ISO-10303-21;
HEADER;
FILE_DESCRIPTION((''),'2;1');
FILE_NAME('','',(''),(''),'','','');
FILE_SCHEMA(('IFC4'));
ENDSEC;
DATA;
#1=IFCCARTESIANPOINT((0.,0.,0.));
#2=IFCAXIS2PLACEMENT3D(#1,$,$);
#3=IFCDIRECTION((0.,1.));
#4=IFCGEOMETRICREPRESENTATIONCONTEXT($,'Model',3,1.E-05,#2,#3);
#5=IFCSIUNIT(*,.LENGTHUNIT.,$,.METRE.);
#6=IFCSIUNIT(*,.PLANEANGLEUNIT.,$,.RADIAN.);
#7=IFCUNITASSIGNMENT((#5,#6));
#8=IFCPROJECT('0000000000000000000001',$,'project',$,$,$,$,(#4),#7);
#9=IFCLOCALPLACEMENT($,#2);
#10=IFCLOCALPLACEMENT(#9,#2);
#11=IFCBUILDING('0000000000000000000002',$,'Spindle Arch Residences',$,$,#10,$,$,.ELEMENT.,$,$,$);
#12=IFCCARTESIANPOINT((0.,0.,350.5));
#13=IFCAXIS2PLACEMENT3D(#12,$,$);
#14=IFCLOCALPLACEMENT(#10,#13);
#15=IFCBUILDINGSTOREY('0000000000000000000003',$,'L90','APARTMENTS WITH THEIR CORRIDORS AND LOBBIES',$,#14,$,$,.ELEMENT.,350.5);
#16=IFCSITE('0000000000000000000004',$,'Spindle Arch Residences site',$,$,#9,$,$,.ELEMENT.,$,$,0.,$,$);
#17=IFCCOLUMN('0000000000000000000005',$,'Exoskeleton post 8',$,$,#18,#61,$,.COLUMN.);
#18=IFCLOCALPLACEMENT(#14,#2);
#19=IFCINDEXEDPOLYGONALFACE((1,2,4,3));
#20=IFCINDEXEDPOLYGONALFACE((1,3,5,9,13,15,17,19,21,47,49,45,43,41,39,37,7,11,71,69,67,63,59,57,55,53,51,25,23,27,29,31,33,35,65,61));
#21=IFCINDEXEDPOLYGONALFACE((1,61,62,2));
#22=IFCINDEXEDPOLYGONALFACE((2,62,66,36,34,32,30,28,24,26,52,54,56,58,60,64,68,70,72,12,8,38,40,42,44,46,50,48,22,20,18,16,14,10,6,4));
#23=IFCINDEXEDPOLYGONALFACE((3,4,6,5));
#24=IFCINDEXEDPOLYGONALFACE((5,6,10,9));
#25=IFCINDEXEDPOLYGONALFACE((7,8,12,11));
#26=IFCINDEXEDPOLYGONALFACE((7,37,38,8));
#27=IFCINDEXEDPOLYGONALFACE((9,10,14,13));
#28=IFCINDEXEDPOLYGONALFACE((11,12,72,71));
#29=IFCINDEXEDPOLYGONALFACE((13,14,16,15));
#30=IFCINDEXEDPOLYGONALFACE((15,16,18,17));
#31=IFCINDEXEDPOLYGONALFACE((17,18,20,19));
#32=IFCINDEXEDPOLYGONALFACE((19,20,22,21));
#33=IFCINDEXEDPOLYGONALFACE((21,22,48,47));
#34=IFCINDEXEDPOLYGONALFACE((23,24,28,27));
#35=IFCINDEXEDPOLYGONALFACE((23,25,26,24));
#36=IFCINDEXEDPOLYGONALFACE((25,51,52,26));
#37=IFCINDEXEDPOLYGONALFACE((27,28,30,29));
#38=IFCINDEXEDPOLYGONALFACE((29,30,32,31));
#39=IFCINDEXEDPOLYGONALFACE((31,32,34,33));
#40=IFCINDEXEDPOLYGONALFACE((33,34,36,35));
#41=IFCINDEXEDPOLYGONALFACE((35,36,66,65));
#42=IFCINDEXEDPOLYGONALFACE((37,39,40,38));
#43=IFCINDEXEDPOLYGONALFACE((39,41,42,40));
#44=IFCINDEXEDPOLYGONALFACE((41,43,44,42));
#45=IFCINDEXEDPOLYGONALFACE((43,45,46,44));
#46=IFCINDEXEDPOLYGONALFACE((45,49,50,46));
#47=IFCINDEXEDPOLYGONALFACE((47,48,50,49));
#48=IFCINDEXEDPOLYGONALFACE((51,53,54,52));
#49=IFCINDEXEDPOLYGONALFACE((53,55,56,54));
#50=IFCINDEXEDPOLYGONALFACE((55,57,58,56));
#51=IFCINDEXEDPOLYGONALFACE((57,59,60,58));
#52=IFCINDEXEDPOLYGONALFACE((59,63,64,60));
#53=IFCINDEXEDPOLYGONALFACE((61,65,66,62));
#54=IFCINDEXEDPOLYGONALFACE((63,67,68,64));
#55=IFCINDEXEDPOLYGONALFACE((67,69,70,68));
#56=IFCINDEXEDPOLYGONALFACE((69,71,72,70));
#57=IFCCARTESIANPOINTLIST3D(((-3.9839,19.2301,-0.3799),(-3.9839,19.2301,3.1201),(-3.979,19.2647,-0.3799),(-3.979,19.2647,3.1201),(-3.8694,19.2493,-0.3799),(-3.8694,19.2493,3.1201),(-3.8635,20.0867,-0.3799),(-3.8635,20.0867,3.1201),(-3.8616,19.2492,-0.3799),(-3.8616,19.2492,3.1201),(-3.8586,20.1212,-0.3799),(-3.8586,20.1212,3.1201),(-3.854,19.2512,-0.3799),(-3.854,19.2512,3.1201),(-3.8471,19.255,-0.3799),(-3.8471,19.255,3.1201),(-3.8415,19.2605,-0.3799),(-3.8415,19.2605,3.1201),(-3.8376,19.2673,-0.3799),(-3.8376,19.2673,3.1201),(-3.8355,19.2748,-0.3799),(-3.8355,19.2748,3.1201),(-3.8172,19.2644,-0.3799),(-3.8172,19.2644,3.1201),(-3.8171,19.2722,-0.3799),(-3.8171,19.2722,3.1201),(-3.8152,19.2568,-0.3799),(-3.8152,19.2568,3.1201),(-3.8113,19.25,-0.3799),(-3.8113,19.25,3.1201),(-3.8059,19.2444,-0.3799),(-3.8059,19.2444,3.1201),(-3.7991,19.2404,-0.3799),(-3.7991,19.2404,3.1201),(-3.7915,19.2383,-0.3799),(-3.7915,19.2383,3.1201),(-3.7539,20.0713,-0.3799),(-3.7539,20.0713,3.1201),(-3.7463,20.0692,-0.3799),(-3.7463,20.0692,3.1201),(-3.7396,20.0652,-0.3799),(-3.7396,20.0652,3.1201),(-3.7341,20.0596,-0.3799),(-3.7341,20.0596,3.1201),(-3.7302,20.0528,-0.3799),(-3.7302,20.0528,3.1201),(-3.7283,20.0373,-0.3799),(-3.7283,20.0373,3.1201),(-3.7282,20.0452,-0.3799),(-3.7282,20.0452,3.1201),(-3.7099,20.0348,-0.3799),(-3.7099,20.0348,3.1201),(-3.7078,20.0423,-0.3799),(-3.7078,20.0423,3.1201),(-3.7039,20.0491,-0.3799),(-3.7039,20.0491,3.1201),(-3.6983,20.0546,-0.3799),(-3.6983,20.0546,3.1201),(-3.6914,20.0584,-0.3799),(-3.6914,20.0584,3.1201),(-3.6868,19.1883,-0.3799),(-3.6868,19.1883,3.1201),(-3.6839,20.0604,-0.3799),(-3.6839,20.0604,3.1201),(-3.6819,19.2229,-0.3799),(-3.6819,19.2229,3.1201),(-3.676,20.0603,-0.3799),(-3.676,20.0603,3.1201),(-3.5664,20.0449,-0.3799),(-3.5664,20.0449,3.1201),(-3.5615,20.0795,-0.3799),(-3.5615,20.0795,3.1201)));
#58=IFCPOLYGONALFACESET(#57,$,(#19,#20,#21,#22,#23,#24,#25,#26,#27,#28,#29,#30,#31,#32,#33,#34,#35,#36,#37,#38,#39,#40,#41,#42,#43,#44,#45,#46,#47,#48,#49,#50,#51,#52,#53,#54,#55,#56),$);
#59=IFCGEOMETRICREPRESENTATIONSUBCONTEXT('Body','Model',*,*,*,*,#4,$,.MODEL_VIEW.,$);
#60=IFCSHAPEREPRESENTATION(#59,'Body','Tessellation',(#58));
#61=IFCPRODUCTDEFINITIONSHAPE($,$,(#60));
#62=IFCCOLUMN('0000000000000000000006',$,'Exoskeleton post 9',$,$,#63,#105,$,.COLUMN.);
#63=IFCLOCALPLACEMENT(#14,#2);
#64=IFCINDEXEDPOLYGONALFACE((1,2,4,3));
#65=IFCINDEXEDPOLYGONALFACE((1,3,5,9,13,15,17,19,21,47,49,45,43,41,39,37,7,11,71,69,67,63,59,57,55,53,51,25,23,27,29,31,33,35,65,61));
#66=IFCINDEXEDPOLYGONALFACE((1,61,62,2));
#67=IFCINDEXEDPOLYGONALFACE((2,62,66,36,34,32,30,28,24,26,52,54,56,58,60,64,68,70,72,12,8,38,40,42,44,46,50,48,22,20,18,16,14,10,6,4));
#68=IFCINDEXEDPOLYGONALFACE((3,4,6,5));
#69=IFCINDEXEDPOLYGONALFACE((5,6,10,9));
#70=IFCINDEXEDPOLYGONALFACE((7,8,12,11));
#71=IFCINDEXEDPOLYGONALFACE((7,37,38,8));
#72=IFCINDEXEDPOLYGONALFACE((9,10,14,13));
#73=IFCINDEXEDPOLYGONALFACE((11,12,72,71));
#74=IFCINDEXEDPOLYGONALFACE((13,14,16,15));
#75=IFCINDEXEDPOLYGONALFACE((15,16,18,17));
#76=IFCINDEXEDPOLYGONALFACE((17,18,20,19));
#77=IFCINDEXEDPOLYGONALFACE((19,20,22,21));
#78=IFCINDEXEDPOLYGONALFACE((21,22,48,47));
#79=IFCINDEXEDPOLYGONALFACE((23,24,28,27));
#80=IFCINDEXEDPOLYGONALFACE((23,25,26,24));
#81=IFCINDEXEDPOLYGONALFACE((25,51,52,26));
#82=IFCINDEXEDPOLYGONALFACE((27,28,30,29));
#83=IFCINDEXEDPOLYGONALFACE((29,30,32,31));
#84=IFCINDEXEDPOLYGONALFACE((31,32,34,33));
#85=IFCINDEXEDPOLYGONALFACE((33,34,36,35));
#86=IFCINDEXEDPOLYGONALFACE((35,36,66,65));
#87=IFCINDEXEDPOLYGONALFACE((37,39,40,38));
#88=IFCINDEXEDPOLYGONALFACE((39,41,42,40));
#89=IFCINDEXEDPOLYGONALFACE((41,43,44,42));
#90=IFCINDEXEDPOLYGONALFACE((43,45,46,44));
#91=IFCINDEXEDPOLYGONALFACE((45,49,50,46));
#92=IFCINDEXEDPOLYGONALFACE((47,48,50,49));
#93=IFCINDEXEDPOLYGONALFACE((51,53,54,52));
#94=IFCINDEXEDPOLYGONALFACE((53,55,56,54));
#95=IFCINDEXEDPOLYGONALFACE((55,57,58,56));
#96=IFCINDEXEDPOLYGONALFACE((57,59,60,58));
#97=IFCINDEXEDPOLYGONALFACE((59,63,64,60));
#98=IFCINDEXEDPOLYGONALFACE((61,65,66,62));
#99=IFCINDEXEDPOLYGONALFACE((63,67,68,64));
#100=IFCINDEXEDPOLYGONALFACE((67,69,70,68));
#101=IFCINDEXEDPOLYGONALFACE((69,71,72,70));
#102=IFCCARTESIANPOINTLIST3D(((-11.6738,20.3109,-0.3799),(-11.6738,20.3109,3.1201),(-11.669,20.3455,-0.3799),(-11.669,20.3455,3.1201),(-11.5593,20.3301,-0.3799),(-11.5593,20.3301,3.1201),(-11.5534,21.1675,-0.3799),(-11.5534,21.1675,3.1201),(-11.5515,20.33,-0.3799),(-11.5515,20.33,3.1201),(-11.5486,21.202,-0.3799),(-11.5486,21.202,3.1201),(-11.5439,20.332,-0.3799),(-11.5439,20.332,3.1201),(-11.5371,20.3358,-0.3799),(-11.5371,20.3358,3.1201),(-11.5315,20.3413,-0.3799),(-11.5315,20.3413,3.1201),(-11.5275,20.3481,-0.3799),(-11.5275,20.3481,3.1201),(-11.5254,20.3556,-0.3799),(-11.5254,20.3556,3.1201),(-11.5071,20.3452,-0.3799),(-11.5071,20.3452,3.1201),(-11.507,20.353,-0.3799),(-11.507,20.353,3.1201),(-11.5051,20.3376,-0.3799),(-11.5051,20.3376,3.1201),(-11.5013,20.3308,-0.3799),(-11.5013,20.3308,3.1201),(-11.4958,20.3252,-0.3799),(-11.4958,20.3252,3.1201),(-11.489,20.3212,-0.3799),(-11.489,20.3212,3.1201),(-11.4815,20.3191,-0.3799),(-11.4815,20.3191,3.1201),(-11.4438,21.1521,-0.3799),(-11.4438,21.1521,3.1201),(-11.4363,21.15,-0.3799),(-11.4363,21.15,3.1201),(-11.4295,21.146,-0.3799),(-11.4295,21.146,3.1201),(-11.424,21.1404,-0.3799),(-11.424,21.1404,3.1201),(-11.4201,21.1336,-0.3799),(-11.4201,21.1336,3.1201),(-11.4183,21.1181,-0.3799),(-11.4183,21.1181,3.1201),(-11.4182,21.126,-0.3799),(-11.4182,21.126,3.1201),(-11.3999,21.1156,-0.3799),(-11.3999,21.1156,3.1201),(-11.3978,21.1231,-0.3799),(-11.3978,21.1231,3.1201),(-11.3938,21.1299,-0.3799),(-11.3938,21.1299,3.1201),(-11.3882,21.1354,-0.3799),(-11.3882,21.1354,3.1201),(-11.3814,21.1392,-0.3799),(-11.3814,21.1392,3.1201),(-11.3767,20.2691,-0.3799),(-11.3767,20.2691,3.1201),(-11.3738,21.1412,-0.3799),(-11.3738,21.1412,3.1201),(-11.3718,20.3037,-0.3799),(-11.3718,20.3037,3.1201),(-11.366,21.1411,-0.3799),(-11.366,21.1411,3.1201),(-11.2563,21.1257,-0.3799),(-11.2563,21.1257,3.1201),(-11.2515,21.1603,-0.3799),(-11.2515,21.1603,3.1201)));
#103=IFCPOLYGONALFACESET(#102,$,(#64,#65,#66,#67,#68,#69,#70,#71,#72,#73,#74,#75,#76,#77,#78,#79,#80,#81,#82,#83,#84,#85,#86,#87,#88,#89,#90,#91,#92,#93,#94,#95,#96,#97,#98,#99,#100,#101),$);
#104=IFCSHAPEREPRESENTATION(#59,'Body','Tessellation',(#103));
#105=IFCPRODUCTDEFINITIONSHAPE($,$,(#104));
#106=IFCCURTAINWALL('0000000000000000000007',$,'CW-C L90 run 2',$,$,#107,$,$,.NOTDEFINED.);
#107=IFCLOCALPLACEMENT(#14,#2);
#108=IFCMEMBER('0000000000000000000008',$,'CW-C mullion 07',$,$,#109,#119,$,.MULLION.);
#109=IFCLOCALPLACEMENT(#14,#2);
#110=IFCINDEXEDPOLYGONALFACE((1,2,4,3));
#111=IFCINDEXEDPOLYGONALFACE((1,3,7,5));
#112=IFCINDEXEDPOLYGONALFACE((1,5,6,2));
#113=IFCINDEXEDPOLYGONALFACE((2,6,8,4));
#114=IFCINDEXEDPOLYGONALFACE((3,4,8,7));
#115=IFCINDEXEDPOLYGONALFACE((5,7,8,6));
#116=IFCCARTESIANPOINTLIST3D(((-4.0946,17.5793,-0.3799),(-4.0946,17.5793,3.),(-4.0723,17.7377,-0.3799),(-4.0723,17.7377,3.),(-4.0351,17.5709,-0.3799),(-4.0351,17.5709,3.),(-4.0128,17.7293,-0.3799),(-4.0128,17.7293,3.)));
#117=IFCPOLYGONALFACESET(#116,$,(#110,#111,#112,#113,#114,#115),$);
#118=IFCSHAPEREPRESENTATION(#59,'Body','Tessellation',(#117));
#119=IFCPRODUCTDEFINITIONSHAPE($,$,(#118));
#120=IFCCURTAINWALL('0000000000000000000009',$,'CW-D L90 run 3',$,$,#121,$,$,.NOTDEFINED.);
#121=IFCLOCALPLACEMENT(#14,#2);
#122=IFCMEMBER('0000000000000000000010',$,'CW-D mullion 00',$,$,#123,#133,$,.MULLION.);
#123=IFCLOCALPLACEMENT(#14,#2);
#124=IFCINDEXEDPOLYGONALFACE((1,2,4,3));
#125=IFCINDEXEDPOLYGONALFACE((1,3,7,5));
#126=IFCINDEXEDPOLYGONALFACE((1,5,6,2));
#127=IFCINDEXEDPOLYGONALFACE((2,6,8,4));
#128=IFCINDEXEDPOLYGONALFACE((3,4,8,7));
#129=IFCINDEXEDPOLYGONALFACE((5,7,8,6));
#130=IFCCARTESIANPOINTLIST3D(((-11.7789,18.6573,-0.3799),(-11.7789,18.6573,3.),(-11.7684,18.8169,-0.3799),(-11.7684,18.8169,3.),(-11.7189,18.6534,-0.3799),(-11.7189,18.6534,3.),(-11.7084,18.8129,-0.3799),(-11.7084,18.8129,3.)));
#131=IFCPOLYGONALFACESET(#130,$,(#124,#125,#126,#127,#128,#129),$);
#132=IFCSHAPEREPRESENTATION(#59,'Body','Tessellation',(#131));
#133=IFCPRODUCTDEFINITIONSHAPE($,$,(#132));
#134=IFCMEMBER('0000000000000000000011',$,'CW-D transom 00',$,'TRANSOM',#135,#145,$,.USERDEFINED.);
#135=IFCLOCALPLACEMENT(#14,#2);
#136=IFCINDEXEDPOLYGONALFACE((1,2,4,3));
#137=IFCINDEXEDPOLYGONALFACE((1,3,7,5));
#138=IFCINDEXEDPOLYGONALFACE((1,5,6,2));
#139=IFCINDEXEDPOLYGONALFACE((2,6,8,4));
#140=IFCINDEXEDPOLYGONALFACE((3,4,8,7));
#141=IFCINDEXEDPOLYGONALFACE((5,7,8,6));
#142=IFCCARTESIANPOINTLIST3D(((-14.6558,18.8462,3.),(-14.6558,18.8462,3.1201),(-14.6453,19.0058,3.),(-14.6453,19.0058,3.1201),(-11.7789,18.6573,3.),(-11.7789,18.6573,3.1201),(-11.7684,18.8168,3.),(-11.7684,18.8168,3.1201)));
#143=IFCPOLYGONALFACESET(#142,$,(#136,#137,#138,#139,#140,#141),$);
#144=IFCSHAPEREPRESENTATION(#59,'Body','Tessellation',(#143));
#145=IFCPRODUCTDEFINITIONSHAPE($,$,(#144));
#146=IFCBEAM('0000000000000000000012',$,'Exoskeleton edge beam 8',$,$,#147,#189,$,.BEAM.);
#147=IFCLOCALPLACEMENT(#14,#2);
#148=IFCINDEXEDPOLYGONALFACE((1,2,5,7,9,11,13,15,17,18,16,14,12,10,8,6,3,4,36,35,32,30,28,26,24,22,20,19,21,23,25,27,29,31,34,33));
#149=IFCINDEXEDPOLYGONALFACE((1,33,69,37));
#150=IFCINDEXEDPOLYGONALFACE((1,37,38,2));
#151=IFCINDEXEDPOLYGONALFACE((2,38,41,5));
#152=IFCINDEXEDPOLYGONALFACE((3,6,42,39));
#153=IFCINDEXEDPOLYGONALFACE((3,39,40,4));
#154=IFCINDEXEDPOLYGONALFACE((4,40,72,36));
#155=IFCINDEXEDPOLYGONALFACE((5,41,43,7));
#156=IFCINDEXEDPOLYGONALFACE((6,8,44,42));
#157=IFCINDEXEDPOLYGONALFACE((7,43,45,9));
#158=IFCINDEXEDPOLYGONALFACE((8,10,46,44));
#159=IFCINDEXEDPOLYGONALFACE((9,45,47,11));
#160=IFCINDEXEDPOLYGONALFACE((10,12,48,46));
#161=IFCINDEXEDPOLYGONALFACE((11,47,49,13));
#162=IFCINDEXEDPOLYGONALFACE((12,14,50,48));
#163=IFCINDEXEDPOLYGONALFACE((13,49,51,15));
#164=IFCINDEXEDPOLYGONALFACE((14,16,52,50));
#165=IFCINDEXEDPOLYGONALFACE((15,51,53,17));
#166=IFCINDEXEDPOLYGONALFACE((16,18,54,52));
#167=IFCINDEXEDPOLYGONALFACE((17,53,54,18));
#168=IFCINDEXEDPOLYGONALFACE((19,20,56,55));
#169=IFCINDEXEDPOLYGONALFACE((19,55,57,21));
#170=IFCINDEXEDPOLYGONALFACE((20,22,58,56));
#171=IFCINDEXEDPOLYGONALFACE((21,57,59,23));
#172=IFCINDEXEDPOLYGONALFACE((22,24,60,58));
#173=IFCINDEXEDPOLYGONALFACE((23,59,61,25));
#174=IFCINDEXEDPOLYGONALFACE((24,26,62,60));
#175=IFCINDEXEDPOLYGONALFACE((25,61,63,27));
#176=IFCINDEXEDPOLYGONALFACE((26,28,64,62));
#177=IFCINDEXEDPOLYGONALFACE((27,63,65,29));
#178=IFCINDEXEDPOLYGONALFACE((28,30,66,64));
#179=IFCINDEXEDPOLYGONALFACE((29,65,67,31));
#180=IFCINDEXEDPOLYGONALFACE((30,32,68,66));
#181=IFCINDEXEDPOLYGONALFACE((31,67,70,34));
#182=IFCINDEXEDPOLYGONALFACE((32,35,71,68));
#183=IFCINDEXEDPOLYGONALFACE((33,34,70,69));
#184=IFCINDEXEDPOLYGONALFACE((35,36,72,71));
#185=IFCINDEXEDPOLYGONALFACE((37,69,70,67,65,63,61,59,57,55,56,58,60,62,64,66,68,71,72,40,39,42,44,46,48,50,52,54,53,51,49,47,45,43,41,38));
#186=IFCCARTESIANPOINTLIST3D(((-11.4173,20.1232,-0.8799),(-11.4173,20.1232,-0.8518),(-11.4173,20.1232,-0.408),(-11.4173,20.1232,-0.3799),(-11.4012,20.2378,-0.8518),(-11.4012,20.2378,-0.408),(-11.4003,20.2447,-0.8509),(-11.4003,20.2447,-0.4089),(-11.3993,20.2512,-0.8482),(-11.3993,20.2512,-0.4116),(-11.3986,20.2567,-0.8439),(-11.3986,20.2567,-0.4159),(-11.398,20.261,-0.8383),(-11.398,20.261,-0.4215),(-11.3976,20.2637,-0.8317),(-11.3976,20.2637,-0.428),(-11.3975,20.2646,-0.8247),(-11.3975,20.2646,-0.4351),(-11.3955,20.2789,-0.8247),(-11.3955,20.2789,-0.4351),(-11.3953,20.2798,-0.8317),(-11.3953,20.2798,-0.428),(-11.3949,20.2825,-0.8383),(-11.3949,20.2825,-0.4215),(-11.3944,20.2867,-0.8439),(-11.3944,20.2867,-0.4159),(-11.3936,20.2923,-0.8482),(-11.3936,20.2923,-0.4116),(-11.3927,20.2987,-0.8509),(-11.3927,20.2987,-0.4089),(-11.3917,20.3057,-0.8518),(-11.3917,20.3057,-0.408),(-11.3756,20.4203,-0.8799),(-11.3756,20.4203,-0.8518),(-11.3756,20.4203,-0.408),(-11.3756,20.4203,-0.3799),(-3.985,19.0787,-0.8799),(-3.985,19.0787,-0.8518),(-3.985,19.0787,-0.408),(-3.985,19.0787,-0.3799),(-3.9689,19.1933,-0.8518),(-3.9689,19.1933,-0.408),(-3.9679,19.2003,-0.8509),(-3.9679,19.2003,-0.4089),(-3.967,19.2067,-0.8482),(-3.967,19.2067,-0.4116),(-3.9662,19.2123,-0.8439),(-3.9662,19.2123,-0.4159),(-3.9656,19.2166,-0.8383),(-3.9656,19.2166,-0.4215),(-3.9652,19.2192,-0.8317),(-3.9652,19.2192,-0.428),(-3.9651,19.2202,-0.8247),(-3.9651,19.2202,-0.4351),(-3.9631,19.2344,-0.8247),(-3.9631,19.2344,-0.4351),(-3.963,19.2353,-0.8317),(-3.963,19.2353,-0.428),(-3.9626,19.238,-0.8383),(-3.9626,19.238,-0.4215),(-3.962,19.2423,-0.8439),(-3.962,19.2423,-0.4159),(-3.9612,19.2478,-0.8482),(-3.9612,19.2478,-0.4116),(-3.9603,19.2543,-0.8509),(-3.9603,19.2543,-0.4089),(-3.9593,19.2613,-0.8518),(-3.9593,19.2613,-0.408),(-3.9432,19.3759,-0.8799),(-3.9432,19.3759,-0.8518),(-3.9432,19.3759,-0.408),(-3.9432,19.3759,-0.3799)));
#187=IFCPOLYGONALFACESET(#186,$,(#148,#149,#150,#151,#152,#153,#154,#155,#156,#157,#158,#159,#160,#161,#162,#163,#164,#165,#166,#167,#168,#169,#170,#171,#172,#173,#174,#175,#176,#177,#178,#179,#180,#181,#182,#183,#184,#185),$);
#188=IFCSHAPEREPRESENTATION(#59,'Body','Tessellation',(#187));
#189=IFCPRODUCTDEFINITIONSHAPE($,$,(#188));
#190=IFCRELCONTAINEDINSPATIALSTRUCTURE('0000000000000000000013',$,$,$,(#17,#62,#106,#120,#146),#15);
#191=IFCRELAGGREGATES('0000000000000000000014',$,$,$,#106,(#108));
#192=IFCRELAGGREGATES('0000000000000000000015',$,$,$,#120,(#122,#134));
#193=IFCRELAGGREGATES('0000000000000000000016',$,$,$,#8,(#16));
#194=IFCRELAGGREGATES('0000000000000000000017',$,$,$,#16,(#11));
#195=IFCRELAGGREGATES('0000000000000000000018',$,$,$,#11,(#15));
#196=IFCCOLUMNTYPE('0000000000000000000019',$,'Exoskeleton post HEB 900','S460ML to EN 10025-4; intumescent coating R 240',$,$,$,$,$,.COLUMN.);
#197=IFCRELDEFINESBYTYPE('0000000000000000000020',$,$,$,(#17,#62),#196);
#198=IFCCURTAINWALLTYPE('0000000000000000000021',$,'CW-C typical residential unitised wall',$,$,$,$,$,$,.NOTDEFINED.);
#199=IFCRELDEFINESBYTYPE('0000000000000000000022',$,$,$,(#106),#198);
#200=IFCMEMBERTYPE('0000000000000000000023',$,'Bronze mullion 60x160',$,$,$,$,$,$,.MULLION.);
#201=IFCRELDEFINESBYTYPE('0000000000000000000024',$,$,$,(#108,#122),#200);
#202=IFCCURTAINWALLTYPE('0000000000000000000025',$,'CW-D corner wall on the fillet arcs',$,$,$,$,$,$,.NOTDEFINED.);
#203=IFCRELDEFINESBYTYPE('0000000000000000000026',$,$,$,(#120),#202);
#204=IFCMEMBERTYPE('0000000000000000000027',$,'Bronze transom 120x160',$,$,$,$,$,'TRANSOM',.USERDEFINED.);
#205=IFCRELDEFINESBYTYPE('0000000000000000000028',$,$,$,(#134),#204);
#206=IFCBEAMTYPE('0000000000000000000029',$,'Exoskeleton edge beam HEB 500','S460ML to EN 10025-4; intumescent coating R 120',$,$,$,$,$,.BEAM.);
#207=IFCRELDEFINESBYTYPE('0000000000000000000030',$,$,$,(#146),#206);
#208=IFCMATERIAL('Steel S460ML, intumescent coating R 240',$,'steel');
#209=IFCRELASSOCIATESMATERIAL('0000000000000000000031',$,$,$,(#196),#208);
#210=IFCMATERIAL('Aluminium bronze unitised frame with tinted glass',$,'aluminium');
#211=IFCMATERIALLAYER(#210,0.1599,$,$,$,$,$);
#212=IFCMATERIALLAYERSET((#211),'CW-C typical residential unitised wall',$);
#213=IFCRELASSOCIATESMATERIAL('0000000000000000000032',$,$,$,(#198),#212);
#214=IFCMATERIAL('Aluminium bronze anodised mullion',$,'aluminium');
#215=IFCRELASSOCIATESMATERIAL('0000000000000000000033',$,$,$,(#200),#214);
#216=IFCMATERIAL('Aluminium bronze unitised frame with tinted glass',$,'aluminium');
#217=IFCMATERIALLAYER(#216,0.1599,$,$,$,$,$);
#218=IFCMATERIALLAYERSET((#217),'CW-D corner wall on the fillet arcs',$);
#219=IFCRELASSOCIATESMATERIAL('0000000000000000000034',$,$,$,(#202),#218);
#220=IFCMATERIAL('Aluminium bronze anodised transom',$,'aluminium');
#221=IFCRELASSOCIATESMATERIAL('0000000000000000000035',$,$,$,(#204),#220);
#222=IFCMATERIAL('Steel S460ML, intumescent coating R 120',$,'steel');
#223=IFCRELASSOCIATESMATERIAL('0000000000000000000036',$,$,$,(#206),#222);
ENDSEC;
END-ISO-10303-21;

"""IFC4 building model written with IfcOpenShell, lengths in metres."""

from ifc_helpers import new_model, si_unit, direction, frame, origin, origin_2d, place, context, subcontext, project, spatial, rectangle, i_section, extrude, material, layer, layer_set, material_profile, profile_set, type_object, element, aggregate, save


model = new_model("IFC4")

# Units and contexts
model_context = context("Model", 3, precision=1e-05, world=origin(), true_north=direction((0.0, 1.0)))
body_context = subcontext(model_context, "Body", "Model", "MODEL_VIEW")
ifc_project = project(units=[si_unit("LENGTHUNIT", "METRE"), si_unit("PLANEANGLEUNIT", "RADIAN")], contexts=[model_context])

# Site, building, storey
site_placement = place(None, origin())
site = spatial("IfcSite", under=ifc_project, at=site_placement, Name="Spindle Arch Residences site", CompositionType="ELEMENT", RefElevation=0.0)
building_placement = place(site_placement, origin())
building = spatial("IfcBuilding", under=site, at=building_placement, Name="Spindle Arch Residences", CompositionType="ELEMENT")
storey_placement = place(building_placement, frame((0.0, 0.0, 350.5)))
storey = spatial("IfcBuildingStorey", under=building, at=storey_placement, Name="L90", Description="APARTMENTS WITH THEIR CORRIDORS AND LOBBIES", CompositionType="ELEMENT", Elevation=350.5)

# Columns
ifc_material_1 = material(Name="Steel S460ML, intumescent coating R 240", Category="steel")
ifc_material_profile_1 = material_profile(ifc_material_1, i_section(OverallWidth=0.3, OverallDepth=0.8999, WebThickness=0.0186, FlangeThickness=0.0349, FilletRadius=0.03, at=origin_2d()), Name="HEB 900")
ifc_profile_set_1 = profile_set([ifc_material_profile_1], Name="Steel S460ML, intumescent coating R 240")
column_type = type_object("IfcColumnType", Name="Exoskeleton post HEB 900", Description="S460ML to EN 10025-4; intumescent coating R 240", PredefinedType="COLUMN", material=ifc_profile_set_1)
for number, where, z_axis, x_axis, name in (
    (1, (-3.7727, 19.6548, -0.3799), (0.0, 0.0, 1.0), (0.990268, -0.139173, 0.0), "Exoskeleton post 8"),
    (2, (-11.4626, 20.7356, -0.3799), (0.0, 0.0, 1.0), (0.990268, -0.139173, 0.0), "Exoskeleton post 9"),
):
    element("IfcColumn", number, at=place(storey_placement, frame(where, z_axis=z_axis, x_axis=x_axis)), inside=storey, type_object=column_type, Name=name, PredefinedType="COLUMN", context=body_context, shape_type="SweptSolid", body=[
        extrude(i_section(OverallWidth=0.3, OverallDepth=0.8999, WebThickness=0.0186, FlangeThickness=0.0349, FilletRadius=0.03, at=origin_2d()), origin(), (0.0, 0.0, 1.0), 3.5),
    ])

# Curtain wall, member
ifc_material_2 = material(Name="Aluminium bronze unitised frame with tinted glass", Category="aluminium")
ifc_layer_1 = layer(ifc_material_2, 0.1599)
ifc_layer_set_1 = layer_set([ifc_layer_1], Name="CW-C typical residential unitised wall")
curtain_wall_type_1 = type_object("IfcCurtainWallType", Name="CW-C typical residential unitised wall", PredefinedType="NOTDEFINED", material=ifc_layer_set_1)
curtain_wall_1_placement = place(storey_placement, origin())
curtain_wall_1 = element("IfcCurtainWall", 3, at=curtain_wall_1_placement, inside=storey, type_object=curtain_wall_type_1, Name="CW-C L90 run 2", PredefinedType="NOTDEFINED")
ifc_material_3 = material(Name="Aluminium bronze anodised mullion", Category="aluminium")
ifc_material_profile_2 = material_profile(ifc_material_3, rectangle(XDim=0.1599, YDim=0.0601, at=origin_2d()), Name="MU 60x160")
ifc_profile_set_2 = profile_set([ifc_material_profile_2], Name="Aluminium bronze anodised mullion")
member_type_1 = type_object("IfcMemberType", Name="Bronze mullion 60x160", PredefinedType="MULLION", material=ifc_profile_set_2)
member_1_placement = place(storey_placement, frame((-4.0537, 17.6543, -0.3799), z_axis=(0.0, 0.0, 1.0), x_axis=(-0.139173, -0.990268, 0.0)))
member_1 = element("IfcMember", 4, at=member_1_placement, type_object=member_type_1, Name="CW-C mullion 07", PredefinedType="MULLION", context=body_context, shape_type="SweptSolid", body=[
    extrude(rectangle(XDim=0.1599, YDim=0.0601, at=origin_2d()), origin(), (0.0, 0.0, 1.0), 3.3799),
])

# Curtain wall, members
ifc_material_4 = material(Name="Aluminium bronze unitised frame with tinted glass", Category="aluminium")
ifc_layer_2 = layer(ifc_material_4, 0.1599)
ifc_layer_set_2 = layer_set([ifc_layer_2], Name="CW-D corner wall on the fillet arcs")
curtain_wall_type_2 = type_object("IfcCurtainWallType", Name="CW-D corner wall on the fillet arcs", PredefinedType="NOTDEFINED", material=ifc_layer_set_2)
curtain_wall_2_placement = place(storey_placement, origin())
curtain_wall_2 = element("IfcCurtainWall", 5, at=curtain_wall_2_placement, inside=storey, type_object=curtain_wall_type_2, Name="CW-D L90 run 3", PredefinedType="NOTDEFINED")
member_2_placement = place(storey_placement, frame((-11.7437, 18.7351, -0.3799), z_axis=(0.0, 0.0, 1.0), x_axis=(-0.06551, -0.997852, 0.0)))
member_2 = element("IfcMember", 6, at=member_2_placement, type_object=member_type_1, Name="CW-D mullion 00", PredefinedType="MULLION", context=body_context, shape_type="SweptSolid", body=[
    extrude(rectangle(XDim=0.1599, YDim=0.0601, at=origin_2d()), origin(), (0.0, 0.0, 1.0), 3.3799),
])
ifc_material_5 = material(Name="Aluminium bronze anodised transom", Category="aluminium")
ifc_material_profile_3 = material_profile(ifc_material_5, rectangle(XDim=0.1599, YDim=0.1201, at=origin_2d()), Name="TR 120x160")
ifc_profile_set_3 = profile_set([ifc_material_profile_3], Name="Aluminium bronze anodised transom")
member_type_2 = type_object("IfcMemberType", Name="Bronze transom 120x160", ElementType="TRANSOM", PredefinedType="USERDEFINED", material=ifc_profile_set_3)
member_3_placement = place(storey_placement, frame((-11.7737, 18.7371, 3.0601), z_axis=(-0.99785, 0.065541, 0.0), x_axis=(-0.065541, -0.99785, 0.0)))
member_3 = element("IfcMember", 7, at=member_3_placement, type_object=member_type_2, Name="CW-D transom 00", ObjectType="TRANSOM", PredefinedType="USERDEFINED", context=body_context, shape_type="SweptSolid", body=[
    extrude(rectangle(XDim=0.1599, YDim=0.1201, at=origin_2d()), origin(), (0.0, 0.0, 1.0), 2.8831),
])

# Beam
ifc_material_6 = material(Name="Steel S460ML, intumescent coating R 120", Category="steel")
ifc_material_profile_4 = material_profile(ifc_material_6, i_section(OverallWidth=0.3, OverallDepth=0.5, WebThickness=0.0144, FlangeThickness=0.0281, FilletRadius=0.0271, at=origin_2d()), Name="HEB 500")
ifc_profile_set_4 = profile_set([ifc_material_profile_4], Name="Steel S460ML, intumescent coating R 120")
beam_type_1 = type_object("IfcBeamType", Name="Exoskeleton edge beam HEB 500", Description="S460ML to EN 10025-4; intumescent coating R 120", PredefinedType="BEAM", material=ifc_profile_set_4)
beam_1_placement = place(storey_placement, frame((-3.9641, 19.2273, -0.6299), z_axis=(-0.99027, 0.139158, 0.0), x_axis=(-0.139158, -0.99027, 0.0)))
element("IfcBeam", 8, at=beam_1_placement, inside=storey, type_object=beam_type_1, Name="Exoskeleton edge beam 8", PredefinedType="BEAM", context=body_context, shape_type="SweptSolid", body=[
    extrude(i_section(OverallWidth=0.3, OverallDepth=0.5, WebThickness=0.0144, FlangeThickness=0.0281, FilletRadius=0.0271, at=origin_2d()), origin(), (0.0, 0.0, 1.0), 7.5054),
])

aggregate(curtain_wall_1, [member_1])
aggregate(curtain_wall_2, [member_2, member_3])

save(model, "model.ifc")
